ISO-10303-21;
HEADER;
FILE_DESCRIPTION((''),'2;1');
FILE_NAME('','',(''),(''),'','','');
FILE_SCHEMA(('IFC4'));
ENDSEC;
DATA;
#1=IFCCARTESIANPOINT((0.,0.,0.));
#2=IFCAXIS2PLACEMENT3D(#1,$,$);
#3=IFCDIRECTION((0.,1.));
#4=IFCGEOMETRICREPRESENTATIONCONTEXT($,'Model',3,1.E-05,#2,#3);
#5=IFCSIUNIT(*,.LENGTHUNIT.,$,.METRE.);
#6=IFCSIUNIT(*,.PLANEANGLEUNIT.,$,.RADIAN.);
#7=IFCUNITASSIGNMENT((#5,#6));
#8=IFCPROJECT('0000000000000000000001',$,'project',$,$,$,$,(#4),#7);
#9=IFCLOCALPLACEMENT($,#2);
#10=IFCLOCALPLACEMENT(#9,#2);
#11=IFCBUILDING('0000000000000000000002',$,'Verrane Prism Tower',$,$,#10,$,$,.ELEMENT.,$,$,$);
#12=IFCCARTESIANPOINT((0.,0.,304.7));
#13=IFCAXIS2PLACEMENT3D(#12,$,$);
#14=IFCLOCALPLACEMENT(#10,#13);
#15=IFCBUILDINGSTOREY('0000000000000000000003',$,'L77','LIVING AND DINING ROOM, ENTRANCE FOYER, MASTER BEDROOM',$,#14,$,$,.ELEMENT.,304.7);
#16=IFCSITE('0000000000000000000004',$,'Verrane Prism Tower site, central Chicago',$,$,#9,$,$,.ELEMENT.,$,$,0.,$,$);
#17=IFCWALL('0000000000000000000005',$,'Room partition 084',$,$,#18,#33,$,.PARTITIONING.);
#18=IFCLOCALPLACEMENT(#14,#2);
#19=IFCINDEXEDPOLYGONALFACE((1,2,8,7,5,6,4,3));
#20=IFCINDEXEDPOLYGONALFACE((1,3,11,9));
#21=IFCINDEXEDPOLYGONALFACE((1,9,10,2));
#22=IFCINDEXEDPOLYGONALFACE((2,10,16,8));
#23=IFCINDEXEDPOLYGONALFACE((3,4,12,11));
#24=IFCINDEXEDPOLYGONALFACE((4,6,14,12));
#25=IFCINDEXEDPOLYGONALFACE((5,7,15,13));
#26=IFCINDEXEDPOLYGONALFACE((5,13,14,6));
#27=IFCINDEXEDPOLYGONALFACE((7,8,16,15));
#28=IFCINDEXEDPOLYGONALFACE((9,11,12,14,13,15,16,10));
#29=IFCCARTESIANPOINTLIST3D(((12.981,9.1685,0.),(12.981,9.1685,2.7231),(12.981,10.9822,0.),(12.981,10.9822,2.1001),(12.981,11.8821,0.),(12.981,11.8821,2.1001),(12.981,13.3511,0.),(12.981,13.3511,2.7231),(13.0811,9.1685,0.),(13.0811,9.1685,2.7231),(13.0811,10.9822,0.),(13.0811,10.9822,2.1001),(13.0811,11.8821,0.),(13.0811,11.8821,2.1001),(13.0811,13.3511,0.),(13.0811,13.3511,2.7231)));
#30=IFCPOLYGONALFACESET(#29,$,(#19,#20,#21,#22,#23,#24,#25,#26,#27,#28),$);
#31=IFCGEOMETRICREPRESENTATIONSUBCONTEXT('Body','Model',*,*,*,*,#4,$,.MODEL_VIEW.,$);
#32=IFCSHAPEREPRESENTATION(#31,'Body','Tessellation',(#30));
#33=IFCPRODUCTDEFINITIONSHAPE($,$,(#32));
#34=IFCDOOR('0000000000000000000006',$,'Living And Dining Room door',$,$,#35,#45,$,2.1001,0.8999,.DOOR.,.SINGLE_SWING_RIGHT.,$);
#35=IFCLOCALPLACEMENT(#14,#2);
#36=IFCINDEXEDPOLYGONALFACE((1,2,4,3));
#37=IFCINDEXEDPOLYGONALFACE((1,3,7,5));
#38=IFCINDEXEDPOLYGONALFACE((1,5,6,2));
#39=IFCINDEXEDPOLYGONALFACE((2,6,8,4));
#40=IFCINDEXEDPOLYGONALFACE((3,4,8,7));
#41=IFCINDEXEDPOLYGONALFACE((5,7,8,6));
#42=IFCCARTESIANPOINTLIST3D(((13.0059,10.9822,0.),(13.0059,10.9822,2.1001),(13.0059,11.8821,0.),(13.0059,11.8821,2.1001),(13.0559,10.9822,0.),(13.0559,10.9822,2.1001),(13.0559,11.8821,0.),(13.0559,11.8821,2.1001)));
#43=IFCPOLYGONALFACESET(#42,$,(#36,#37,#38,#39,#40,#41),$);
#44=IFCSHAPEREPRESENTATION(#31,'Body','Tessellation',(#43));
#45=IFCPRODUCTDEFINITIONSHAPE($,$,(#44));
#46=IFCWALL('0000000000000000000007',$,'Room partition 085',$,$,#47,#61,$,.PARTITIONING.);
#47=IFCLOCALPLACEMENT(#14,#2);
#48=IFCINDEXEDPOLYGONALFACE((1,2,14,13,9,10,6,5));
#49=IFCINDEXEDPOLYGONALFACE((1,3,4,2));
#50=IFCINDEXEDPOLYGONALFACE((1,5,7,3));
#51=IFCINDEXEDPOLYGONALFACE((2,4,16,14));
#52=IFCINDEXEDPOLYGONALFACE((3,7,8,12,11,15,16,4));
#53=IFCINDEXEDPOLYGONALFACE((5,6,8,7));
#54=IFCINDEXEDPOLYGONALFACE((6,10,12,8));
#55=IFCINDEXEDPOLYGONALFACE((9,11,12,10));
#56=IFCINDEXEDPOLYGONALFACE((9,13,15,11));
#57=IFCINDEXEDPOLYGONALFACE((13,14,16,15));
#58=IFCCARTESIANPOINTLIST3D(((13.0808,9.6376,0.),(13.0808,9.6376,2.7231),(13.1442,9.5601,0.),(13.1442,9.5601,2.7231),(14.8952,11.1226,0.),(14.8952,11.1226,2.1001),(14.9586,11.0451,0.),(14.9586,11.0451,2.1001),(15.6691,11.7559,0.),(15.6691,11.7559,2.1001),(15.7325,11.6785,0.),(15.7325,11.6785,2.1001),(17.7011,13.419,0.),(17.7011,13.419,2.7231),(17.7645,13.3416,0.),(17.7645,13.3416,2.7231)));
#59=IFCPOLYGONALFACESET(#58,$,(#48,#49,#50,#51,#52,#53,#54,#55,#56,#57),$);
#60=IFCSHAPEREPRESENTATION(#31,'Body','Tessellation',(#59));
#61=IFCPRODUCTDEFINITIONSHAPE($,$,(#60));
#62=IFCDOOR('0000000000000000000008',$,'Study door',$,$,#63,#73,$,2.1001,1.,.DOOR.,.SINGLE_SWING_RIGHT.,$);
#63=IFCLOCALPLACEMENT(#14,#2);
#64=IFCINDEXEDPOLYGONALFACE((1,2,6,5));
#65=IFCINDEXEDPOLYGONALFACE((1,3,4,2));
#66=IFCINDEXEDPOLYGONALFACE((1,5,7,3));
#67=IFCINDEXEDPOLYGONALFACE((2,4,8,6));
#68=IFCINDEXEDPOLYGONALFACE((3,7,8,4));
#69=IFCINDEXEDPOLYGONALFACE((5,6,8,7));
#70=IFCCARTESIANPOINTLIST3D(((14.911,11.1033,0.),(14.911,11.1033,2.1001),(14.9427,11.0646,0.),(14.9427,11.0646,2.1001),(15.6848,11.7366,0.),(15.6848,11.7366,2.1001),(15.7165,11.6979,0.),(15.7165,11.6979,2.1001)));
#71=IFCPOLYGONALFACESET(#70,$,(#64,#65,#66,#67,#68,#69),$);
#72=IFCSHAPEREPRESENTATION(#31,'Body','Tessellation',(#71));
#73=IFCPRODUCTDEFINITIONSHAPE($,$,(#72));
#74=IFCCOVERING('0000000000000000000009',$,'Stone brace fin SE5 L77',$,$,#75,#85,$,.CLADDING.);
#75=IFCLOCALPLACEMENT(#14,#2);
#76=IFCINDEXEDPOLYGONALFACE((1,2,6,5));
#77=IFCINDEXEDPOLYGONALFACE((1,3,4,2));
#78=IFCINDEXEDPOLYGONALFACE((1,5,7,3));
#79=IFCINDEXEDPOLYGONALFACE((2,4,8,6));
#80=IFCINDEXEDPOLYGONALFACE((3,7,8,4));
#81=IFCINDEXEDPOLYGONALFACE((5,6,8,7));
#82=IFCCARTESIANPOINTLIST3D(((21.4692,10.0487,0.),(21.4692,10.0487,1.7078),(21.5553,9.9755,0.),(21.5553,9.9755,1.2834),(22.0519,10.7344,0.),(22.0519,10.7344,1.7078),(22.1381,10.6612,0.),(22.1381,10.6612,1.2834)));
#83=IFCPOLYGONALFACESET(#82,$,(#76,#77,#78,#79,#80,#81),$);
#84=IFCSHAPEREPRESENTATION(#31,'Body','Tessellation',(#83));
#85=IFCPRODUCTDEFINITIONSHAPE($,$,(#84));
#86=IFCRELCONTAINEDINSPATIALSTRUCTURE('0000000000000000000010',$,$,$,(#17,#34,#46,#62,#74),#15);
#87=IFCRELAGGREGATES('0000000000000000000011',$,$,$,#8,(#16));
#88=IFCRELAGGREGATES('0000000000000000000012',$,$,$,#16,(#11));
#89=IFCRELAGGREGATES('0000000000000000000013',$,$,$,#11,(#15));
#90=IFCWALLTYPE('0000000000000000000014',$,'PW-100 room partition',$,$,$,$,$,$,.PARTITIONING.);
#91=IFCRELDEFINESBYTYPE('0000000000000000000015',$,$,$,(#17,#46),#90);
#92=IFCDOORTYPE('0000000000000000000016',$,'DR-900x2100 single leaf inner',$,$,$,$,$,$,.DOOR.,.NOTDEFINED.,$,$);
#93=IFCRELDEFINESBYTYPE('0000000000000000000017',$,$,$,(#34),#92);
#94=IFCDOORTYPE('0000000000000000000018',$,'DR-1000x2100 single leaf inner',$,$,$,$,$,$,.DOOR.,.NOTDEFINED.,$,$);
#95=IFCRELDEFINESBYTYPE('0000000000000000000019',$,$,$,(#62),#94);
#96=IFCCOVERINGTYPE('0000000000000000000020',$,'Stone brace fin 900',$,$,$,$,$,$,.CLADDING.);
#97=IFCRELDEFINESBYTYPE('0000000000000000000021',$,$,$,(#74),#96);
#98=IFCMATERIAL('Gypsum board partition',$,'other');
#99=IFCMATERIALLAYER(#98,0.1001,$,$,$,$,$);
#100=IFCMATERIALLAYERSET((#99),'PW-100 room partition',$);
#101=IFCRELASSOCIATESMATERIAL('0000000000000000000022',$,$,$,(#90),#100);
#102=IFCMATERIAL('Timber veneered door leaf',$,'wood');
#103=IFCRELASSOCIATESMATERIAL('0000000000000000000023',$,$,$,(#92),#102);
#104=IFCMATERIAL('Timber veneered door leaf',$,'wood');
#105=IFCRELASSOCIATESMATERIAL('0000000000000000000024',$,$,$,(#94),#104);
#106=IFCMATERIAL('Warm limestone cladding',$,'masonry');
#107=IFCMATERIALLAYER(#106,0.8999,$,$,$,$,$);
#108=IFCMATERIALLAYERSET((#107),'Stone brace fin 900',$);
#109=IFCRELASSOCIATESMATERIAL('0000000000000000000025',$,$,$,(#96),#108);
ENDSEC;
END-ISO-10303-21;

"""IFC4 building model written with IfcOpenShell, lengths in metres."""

from ifc_helpers import new_model, si_unit, direction, frame, frame_2d, origin, place, context, subcontext, project, spatial, polyline, rectangle, outline, extrude, material, layer, layer_set, type_object, element, fill, save


model = new_model("IFC4")

# Units and contexts
model_context = context("Model", 3, precision=1e-05, world=origin(), true_north=direction((0.0, 1.0)))
body_context = subcontext(model_context, "Body", "Model", "MODEL_VIEW")
ifc_project = project(units=[si_unit("LENGTHUNIT", "METRE"), si_unit("PLANEANGLEUNIT", "RADIAN")], contexts=[model_context])

# Site, building, storey
site_placement = place(None, origin())
site = spatial("IfcSite", under=ifc_project, at=site_placement, Name="Verrane Prism Tower site, central Chicago", CompositionType="ELEMENT", RefElevation=0.0)
building_placement = place(site_placement, origin())
building = spatial("IfcBuilding", under=site, at=building_placement, Name="Verrane Prism Tower", CompositionType="ELEMENT")
storey_placement = place(building_placement, frame((0.0, 0.0, 304.7)))
storey = spatial("IfcBuildingStorey", under=building, at=storey_placement, Name="L77", Description="LIVING AND DINING ROOM, ENTRANCE FOYER, MASTER BEDROOM", CompositionType="ELEMENT", Elevation=304.7)

# Walls, openings, doors
ifc_material_1 = material(Name="Gypsum board partition", Category="other")
ifc_layer_1 = layer(ifc_material_1, 0.1001)
ifc_layer_set_1 = layer_set([ifc_layer_1], Name="PW-100 room partition")
wall_type = type_object("IfcWallType", Name="PW-100 room partition", PredefinedType="PARTITIONING", material=ifc_layer_set_1)
wall_1_placement = place(storey_placement, frame((13.031, 13.3511, 0.0), z_axis=(0.0, 0.0, 1.0), x_axis=(0.0, -1.0, 0.0)))
wall_1 = element("IfcWall", 1, at=wall_1_placement, inside=storey, type_object=wall_type, Name="Room partition 084", PredefinedType="PARTITIONING", context=body_context, shape_type="SweptSolid", body=[
    extrude(rectangle(XDim=4.1826, YDim=0.1001, at=frame_2d((2.0913, 0.0))), origin(), (0.0, 0.0, 1.0), 2.7231),
])
opening_1_placement = place(wall_1_placement, frame((1.469, 0.0, 0.0)))
opening_1 = element("IfcOpeningElement", 2, at=opening_1_placement, cuts=wall_1, PredefinedType="OPENING", context=body_context, shape_type="SweptSolid", body=[
    extrude(rectangle(XDim=0.8999, YDim=2.1001, at=frame_2d((0.45, 1.05))), frame((0.0, 0.0601, 0.0), z_axis=(0.0, -1.0, 0.0), x_axis=(1.0, 0.0, 0.0)), (0.0, 0.0, 1.0), 0.1201),
])
ifc_material_2 = material(Name="Timber veneered door leaf", Category="wood")
door_type_1 = type_object("IfcDoorType", Name="DR-900x2100 single leaf inner", OperationType="NOTDEFINED", PredefinedType="DOOR", material=ifc_material_2)
door_1_placement = place(opening_1_placement, origin())
door_1 = element("IfcDoor", 3, at=door_1_placement, inside=storey, type_object=door_type_1, Name="Living And Dining Room door", OperationType="SINGLE_SWING_RIGHT", OverallHeight=2.1001, OverallWidth=0.8999, PredefinedType="DOOR", context=body_context, shape_type="SweptSolid", body=[
    extrude(rectangle(XDim=0.8999, YDim=2.1001, at=frame_2d((0.45, 1.05))), frame((0.0, 0.0249, 0.0), z_axis=(0.0, -1.0, 0.0), x_axis=(1.0, 0.0, 0.0)), (0.0, 0.0, 1.0), 0.05),
])
fill(opening_1, door_1)
wall_2_placement = place(storey_placement, frame((17.7329, 13.3804, 0.0), z_axis=(0.0, 0.0, 1.0), x_axis=(-0.773859, -0.633358, 0.0)))
wall_2 = element("IfcWall", 4, at=wall_2_placement, inside=storey, type_object=wall_type, Name="Room partition 085", PredefinedType="PARTITIONING", context=body_context, shape_type="SweptSolid", body=[
    extrude(rectangle(XDim=5.9705, YDim=0.1001, at=frame_2d((2.9854, 0.0))), origin(), (0.0, 0.0, 1.0), 2.7231),
])
opening_2_placement = place(wall_2_placement, frame((2.626, 0.0, 0.0)))
opening_2 = element("IfcOpeningElement", 5, at=opening_2_placement, cuts=wall_2, PredefinedType="OPENING", context=body_context, shape_type="SweptSolid", body=[
    extrude(rectangle(XDim=1.0, YDim=2.1001, at=frame_2d((0.5, 1.05))), frame((0.0, 0.0601, 0.0), z_axis=(0.0, -1.0, 0.0), x_axis=(1.0, 0.0, 0.0)), (0.0, 0.0, 1.0), 0.1201),
])
ifc_material_3 = material(Name="Timber veneered door leaf", Category="wood")
door_type_2 = type_object("IfcDoorType", Name="DR-1000x2100 single leaf inner", OperationType="NOTDEFINED", PredefinedType="DOOR", material=ifc_material_3)
door_2_placement = place(opening_2_placement, origin())
door_2 = element("IfcDoor", 6, at=door_2_placement, inside=storey, type_object=door_type_2, Name="Study door", OperationType="SINGLE_SWING_RIGHT", OverallHeight=2.1001, OverallWidth=1.0, PredefinedType="DOOR", context=body_context, shape_type="SweptSolid", body=[
    extrude(rectangle(XDim=1.0, YDim=2.1001, at=frame_2d((0.5, 1.05))), frame((0.0, 0.0249, 0.0), z_axis=(0.0, -1.0, 0.0), x_axis=(1.0, 0.0, 0.0)), (0.0, 0.0, 1.0), 0.05),
])
fill(opening_2, door_2)

# Covering
ifc_material_4 = material(Name="Warm limestone cladding", Category="masonry")
ifc_layer_2 = layer(ifc_material_4, 0.8999)
ifc_layer_set_2 = layer_set([ifc_layer_2], Name="Stone brace fin 900")
covering_type = type_object("IfcCoveringType", Name="Stone brace fin 900", PredefinedType="CLADDING", material=ifc_layer_set_2)
covering_placement = place(storey_placement, frame((21.8467, 10.3184, 0.0), z_axis=(0.0, 0.0, 1.0), x_axis=(-0.761993, 0.647586, 0.0)))
element("IfcCovering", 7, at=covering_placement, inside=storey, type_object=covering_type, Name="Stone brace fin SE5 L77", PredefinedType="CLADDING", context=body_context, shape_type="SweptSolid", body=[
    extrude(outline(polyline([(0.0, 0.0), (0.113, 0.0), (0.113, 1.7078), (0.0, 1.2834), (0.0, 0.0)])), frame((0.0, 0.45, 0.0), z_axis=(0.0, -1.0, 0.0), x_axis=(1.0, 0.0, 0.0)), (0.0, 0.0, 1.0), 0.8999),
])

save(model, "model.ifc")
